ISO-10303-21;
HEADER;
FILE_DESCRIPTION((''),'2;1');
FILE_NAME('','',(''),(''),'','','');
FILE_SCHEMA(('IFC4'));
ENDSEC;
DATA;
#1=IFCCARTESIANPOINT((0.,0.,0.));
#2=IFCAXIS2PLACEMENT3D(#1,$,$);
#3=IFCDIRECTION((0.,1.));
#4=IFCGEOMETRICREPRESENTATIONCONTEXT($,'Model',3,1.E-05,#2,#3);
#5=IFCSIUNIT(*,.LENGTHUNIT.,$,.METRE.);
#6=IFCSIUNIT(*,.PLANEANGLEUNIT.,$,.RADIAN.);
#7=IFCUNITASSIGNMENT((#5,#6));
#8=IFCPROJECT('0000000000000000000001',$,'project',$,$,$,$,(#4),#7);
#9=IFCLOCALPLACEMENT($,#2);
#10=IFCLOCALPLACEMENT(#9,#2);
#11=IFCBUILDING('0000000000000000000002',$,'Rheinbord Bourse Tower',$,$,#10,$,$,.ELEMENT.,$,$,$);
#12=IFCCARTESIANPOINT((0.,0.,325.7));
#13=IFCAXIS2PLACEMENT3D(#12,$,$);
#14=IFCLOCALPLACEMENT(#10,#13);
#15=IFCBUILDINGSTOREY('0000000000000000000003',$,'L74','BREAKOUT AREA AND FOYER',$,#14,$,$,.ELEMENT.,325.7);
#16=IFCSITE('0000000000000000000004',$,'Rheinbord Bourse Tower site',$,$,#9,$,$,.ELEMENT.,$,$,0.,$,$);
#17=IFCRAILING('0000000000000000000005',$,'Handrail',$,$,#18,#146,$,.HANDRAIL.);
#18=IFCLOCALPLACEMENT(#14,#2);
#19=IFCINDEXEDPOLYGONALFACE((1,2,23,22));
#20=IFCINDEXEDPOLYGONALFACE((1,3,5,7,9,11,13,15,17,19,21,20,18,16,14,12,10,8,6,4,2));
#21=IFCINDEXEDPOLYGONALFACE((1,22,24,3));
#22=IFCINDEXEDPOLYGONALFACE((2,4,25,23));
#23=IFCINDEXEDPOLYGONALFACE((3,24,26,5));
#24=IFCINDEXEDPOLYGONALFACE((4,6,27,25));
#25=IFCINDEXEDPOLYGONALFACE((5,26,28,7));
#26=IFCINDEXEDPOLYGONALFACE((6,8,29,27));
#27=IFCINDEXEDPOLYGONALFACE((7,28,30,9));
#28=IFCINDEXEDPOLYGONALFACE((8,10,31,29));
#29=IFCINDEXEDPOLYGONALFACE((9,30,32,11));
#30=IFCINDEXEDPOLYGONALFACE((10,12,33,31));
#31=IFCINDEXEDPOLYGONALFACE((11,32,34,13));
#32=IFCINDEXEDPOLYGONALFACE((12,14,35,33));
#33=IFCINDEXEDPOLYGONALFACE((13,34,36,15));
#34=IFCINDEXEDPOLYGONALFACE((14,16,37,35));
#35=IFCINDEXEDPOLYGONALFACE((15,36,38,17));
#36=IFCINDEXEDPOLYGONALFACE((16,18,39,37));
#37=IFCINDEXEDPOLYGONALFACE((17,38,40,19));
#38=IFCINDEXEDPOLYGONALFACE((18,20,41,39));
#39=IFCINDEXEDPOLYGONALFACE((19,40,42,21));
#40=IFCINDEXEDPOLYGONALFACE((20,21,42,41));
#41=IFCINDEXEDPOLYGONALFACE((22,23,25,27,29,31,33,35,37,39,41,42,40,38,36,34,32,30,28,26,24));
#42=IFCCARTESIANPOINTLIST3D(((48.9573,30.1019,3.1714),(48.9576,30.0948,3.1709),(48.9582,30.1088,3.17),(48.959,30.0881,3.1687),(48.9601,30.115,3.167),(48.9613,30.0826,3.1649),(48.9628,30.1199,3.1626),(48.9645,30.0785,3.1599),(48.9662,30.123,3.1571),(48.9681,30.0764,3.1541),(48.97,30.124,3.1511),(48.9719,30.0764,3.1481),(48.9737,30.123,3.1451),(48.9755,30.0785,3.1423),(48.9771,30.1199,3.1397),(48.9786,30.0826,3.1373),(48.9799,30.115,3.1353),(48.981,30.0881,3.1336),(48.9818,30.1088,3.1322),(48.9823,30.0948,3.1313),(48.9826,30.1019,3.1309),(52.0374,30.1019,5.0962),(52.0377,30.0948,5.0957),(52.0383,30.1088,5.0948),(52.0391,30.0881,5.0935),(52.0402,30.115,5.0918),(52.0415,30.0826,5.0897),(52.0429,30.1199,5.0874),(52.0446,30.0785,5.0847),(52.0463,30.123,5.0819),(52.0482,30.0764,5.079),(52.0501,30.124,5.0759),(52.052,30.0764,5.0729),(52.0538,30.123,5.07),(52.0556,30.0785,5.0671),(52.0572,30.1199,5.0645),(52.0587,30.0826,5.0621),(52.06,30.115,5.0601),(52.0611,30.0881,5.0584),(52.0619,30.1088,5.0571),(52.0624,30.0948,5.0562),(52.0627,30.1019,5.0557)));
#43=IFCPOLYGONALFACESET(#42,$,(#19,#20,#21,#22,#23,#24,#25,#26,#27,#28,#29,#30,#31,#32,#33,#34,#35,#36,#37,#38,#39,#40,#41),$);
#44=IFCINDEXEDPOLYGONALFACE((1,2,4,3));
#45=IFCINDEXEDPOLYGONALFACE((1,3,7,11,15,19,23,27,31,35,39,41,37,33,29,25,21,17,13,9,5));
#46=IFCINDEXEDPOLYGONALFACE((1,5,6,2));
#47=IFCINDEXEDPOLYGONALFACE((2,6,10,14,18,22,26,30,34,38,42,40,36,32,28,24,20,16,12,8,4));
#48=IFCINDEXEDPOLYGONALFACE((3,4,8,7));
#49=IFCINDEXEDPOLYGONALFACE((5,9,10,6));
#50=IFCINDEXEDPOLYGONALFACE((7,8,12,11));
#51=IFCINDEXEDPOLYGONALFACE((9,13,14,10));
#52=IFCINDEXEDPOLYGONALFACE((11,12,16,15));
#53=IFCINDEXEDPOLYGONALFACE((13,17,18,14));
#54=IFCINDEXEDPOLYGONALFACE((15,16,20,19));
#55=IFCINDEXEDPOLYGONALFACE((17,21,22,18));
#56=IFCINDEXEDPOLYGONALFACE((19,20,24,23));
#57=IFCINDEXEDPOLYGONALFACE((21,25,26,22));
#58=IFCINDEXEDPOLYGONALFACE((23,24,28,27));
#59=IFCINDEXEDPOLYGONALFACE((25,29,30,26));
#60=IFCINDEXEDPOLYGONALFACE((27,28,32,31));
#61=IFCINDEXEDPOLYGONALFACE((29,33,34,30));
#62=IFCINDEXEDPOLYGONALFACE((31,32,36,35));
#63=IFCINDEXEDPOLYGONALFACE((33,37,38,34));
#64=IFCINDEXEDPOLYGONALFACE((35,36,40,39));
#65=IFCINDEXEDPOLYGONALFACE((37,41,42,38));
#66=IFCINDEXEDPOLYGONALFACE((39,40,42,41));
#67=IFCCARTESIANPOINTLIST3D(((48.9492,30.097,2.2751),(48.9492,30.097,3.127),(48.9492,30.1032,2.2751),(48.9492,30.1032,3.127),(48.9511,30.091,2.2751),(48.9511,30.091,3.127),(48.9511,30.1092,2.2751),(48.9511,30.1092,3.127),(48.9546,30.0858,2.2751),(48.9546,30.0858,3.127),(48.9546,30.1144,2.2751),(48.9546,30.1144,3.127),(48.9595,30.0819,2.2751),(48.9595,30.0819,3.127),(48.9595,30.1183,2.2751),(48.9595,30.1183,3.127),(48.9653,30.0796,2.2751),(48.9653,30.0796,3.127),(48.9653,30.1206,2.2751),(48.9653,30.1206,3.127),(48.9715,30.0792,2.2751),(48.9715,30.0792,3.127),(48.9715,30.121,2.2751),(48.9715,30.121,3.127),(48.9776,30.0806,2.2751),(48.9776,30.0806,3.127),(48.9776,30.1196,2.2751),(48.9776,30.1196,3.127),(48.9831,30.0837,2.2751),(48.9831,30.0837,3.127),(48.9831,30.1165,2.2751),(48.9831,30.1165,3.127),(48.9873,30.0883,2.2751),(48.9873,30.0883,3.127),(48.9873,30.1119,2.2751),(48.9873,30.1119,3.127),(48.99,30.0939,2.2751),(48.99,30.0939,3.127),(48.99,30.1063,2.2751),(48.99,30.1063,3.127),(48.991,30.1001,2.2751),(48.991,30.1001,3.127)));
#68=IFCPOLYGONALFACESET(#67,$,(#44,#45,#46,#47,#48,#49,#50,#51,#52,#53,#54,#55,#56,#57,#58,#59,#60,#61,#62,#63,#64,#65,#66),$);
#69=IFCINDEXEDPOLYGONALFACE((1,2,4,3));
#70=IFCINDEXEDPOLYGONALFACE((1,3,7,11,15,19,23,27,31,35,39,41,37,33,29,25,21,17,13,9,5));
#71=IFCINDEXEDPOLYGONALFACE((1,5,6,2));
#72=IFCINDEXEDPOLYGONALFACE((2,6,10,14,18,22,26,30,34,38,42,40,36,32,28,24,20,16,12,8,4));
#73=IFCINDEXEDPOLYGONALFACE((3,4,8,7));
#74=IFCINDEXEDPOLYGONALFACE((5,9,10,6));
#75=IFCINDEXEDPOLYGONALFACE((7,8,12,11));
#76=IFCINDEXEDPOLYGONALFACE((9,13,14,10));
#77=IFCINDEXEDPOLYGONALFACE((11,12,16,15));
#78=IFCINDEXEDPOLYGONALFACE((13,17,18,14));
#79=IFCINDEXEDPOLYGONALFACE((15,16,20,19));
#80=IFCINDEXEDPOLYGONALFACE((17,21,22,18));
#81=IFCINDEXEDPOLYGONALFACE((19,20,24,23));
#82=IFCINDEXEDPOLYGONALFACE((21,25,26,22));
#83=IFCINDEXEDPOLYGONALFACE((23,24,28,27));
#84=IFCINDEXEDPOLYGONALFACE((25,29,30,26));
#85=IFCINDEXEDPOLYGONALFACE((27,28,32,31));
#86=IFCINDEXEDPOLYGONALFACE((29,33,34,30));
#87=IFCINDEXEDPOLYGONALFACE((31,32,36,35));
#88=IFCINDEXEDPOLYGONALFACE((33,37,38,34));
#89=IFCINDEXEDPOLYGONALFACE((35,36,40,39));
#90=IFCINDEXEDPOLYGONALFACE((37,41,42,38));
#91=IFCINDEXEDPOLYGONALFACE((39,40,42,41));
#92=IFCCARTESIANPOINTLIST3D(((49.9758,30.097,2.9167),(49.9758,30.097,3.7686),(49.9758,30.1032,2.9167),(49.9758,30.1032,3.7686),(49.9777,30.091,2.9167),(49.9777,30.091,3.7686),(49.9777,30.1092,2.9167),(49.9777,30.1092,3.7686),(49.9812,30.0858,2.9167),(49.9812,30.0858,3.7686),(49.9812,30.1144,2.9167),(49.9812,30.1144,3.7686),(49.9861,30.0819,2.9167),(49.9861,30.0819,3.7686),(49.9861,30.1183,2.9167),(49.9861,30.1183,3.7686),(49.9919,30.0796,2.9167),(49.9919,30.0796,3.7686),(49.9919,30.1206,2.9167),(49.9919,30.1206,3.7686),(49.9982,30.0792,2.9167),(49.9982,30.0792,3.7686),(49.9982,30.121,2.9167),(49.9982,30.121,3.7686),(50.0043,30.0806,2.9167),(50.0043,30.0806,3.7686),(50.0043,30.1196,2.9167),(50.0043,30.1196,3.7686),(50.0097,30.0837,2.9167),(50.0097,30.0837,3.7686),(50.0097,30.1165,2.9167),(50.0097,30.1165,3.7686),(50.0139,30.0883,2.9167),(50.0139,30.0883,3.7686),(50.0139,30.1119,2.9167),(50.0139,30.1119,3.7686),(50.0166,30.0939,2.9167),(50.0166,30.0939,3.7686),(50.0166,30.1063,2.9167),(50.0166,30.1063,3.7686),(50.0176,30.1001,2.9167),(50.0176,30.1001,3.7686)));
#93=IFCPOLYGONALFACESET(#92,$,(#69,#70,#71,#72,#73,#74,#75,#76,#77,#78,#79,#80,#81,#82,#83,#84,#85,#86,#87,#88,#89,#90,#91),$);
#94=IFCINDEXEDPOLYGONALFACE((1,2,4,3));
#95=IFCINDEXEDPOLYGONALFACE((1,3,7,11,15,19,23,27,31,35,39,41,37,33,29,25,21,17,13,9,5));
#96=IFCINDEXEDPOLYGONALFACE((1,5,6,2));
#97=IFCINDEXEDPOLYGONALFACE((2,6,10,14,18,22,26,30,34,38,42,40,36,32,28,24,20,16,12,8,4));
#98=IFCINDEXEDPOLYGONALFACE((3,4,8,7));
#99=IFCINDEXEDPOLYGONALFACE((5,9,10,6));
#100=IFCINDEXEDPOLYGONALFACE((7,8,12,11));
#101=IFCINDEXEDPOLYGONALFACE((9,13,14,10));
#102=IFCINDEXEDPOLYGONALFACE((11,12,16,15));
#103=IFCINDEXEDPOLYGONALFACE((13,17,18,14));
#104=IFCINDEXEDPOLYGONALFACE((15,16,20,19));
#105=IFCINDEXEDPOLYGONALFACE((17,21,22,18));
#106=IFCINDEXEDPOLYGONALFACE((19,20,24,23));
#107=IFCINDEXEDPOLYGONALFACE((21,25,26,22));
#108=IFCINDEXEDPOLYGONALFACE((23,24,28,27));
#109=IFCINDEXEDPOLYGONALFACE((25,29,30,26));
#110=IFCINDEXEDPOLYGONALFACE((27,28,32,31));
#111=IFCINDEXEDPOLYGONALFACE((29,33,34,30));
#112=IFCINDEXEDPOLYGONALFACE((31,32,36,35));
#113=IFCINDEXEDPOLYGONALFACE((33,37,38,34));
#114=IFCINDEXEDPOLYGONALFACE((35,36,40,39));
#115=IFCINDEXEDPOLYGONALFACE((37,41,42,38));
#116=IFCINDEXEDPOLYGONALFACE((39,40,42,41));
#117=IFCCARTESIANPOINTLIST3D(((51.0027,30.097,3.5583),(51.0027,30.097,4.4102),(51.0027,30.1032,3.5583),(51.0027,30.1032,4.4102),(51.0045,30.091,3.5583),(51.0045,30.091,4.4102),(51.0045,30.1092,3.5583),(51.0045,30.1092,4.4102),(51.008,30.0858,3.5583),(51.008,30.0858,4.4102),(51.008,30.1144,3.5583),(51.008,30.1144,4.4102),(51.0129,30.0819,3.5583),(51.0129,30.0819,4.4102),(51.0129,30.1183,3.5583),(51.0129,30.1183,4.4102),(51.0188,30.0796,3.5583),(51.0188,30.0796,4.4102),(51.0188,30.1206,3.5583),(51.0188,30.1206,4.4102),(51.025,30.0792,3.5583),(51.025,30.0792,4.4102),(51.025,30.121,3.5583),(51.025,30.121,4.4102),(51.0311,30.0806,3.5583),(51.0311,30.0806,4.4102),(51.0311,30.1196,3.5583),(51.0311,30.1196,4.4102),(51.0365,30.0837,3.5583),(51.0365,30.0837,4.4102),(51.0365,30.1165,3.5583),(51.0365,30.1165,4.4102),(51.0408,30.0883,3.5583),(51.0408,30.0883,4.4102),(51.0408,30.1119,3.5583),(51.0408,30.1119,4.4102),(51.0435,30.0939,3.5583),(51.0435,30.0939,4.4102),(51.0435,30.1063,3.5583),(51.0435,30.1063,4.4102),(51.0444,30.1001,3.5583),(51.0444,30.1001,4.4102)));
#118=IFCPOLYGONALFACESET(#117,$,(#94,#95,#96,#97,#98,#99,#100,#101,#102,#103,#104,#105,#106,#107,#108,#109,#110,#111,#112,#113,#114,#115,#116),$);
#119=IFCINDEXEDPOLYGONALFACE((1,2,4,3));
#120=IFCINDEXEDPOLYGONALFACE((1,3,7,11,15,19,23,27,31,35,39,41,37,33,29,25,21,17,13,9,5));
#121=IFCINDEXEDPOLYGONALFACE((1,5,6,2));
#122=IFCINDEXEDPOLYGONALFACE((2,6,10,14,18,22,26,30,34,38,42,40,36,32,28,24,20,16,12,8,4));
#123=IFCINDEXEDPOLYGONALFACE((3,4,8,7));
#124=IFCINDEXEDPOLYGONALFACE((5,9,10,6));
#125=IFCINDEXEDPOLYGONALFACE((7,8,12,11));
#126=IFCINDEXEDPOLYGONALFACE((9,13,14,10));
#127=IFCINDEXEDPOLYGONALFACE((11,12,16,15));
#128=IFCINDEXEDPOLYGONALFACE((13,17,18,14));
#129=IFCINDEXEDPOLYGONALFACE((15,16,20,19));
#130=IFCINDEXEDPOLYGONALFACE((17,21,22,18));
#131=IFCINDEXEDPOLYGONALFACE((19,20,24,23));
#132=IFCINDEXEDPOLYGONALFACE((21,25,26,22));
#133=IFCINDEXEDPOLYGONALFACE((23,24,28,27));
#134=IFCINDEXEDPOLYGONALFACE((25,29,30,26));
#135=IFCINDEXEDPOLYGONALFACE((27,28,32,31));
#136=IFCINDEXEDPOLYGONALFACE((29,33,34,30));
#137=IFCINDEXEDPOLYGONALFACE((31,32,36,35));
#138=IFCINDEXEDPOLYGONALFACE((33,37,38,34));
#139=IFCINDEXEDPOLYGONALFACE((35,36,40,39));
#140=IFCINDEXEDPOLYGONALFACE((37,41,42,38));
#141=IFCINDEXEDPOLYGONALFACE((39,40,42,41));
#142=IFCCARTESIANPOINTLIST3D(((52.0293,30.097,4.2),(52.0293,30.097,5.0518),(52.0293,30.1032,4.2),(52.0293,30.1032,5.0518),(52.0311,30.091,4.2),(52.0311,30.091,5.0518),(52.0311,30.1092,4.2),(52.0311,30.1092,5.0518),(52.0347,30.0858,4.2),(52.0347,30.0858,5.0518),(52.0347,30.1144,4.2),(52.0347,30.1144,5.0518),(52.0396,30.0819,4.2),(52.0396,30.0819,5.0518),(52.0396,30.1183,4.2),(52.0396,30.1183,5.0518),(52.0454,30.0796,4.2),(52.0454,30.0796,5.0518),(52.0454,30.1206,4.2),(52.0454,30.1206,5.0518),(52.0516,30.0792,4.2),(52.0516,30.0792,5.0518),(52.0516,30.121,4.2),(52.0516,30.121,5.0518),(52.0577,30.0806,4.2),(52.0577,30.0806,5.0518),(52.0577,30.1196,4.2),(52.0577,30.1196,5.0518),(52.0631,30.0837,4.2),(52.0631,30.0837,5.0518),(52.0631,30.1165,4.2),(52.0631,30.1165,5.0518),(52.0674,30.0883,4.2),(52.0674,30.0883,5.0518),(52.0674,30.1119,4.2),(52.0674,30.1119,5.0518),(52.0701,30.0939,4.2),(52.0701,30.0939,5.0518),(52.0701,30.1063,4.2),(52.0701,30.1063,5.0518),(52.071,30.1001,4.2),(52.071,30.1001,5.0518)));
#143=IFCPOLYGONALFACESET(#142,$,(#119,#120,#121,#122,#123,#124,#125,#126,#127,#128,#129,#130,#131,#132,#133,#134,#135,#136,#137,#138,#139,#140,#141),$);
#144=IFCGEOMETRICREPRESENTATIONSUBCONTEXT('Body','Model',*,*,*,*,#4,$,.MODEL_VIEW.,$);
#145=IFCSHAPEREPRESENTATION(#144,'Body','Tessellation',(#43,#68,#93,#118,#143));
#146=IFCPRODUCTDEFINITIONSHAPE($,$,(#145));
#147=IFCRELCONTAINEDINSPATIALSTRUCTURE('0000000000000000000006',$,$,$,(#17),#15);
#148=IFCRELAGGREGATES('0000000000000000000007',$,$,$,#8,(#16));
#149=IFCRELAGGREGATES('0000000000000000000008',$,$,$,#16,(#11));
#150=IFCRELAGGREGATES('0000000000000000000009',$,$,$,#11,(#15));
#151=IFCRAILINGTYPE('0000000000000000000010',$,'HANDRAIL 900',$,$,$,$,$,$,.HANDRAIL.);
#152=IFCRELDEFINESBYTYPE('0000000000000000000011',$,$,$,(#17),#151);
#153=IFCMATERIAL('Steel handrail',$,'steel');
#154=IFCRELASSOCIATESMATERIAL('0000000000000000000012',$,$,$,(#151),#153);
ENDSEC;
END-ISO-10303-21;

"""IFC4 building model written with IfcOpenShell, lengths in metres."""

from ifc_helpers import new_model, si_unit, direction, frame, origin, origin_2d, place, context, subcontext, project, spatial, circle, extrude, material, type_object, element, save


model = new_model("IFC4")

# Units and contexts
model_context = context("Model", 3, precision=1e-05, world=origin(), true_north=direction((0.0, 1.0)))
body_context = subcontext(model_context, "Body", "Model", "MODEL_VIEW")
ifc_project = project(units=[si_unit("LENGTHUNIT", "METRE"), si_unit("PLANEANGLEUNIT", "RADIAN")], contexts=[model_context])

# Site, building, storey
site_placement = place(None, origin())
site = spatial("IfcSite", under=ifc_project, at=site_placement, Name="Rheinbord Bourse Tower site", CompositionType="ELEMENT", RefElevation=0.0)
building_placement = place(site_placement, origin())
building = spatial("IfcBuilding", under=site, at=building_placement, Name="Rheinbord Bourse Tower", CompositionType="ELEMENT")
storey_placement = place(building_placement, frame((0.0, 0.0, 325.7)))
storey = spatial("IfcBuildingStorey", under=building, at=storey_placement, Name="L74", Description="BREAKOUT AREA AND FOYER", CompositionType="ELEMENT", Elevation=325.7)

# Railing
ifc_material_1 = material(Name="Steel handrail", Category="steel")
railing_type = type_object("IfcRailingType", Name="HANDRAIL 900", PredefinedType="HANDRAIL", material=ifc_material_1)
railing_1_placement = place(storey_placement, frame((48.97, 30.1001, 2.2751)))
element("IfcRailing", 1, at=railing_1_placement, inside=storey, type_object=railing_type, Name="Handrail", PredefinedType="HANDRAIL", context=body_context, shape_type="SweptSolid", body=[
    extrude(circle(Radius=0.0239, at=origin_2d()), frame((0.0, 0.0, 0.876), z_axis=(0.848029, 0.0, 0.529951), x_axis=(0.0, 1.0, 0.0)), (0.0, 0.0, 1.0), 3.6321),
    extrude(circle(Radius=0.021, at=origin_2d()), origin(), (0.0, 0.0, 1.0), 0.8518),
    extrude(circle(Radius=0.021, at=origin_2d()), frame((1.0266, 0.0, 0.6416)), (0.0, 0.0, 1.0), 0.8518),
    extrude(circle(Radius=0.021, at=origin_2d()), frame((2.0535, 0.0, 1.2832)), (0.0, 0.0, 1.0), 0.8518),
    extrude(circle(Radius=0.021, at=origin_2d()), frame((3.0801, 0.0, 1.9248)), (0.0, 0.0, 1.0), 0.8518),
])

save(model, "model.ifc")
